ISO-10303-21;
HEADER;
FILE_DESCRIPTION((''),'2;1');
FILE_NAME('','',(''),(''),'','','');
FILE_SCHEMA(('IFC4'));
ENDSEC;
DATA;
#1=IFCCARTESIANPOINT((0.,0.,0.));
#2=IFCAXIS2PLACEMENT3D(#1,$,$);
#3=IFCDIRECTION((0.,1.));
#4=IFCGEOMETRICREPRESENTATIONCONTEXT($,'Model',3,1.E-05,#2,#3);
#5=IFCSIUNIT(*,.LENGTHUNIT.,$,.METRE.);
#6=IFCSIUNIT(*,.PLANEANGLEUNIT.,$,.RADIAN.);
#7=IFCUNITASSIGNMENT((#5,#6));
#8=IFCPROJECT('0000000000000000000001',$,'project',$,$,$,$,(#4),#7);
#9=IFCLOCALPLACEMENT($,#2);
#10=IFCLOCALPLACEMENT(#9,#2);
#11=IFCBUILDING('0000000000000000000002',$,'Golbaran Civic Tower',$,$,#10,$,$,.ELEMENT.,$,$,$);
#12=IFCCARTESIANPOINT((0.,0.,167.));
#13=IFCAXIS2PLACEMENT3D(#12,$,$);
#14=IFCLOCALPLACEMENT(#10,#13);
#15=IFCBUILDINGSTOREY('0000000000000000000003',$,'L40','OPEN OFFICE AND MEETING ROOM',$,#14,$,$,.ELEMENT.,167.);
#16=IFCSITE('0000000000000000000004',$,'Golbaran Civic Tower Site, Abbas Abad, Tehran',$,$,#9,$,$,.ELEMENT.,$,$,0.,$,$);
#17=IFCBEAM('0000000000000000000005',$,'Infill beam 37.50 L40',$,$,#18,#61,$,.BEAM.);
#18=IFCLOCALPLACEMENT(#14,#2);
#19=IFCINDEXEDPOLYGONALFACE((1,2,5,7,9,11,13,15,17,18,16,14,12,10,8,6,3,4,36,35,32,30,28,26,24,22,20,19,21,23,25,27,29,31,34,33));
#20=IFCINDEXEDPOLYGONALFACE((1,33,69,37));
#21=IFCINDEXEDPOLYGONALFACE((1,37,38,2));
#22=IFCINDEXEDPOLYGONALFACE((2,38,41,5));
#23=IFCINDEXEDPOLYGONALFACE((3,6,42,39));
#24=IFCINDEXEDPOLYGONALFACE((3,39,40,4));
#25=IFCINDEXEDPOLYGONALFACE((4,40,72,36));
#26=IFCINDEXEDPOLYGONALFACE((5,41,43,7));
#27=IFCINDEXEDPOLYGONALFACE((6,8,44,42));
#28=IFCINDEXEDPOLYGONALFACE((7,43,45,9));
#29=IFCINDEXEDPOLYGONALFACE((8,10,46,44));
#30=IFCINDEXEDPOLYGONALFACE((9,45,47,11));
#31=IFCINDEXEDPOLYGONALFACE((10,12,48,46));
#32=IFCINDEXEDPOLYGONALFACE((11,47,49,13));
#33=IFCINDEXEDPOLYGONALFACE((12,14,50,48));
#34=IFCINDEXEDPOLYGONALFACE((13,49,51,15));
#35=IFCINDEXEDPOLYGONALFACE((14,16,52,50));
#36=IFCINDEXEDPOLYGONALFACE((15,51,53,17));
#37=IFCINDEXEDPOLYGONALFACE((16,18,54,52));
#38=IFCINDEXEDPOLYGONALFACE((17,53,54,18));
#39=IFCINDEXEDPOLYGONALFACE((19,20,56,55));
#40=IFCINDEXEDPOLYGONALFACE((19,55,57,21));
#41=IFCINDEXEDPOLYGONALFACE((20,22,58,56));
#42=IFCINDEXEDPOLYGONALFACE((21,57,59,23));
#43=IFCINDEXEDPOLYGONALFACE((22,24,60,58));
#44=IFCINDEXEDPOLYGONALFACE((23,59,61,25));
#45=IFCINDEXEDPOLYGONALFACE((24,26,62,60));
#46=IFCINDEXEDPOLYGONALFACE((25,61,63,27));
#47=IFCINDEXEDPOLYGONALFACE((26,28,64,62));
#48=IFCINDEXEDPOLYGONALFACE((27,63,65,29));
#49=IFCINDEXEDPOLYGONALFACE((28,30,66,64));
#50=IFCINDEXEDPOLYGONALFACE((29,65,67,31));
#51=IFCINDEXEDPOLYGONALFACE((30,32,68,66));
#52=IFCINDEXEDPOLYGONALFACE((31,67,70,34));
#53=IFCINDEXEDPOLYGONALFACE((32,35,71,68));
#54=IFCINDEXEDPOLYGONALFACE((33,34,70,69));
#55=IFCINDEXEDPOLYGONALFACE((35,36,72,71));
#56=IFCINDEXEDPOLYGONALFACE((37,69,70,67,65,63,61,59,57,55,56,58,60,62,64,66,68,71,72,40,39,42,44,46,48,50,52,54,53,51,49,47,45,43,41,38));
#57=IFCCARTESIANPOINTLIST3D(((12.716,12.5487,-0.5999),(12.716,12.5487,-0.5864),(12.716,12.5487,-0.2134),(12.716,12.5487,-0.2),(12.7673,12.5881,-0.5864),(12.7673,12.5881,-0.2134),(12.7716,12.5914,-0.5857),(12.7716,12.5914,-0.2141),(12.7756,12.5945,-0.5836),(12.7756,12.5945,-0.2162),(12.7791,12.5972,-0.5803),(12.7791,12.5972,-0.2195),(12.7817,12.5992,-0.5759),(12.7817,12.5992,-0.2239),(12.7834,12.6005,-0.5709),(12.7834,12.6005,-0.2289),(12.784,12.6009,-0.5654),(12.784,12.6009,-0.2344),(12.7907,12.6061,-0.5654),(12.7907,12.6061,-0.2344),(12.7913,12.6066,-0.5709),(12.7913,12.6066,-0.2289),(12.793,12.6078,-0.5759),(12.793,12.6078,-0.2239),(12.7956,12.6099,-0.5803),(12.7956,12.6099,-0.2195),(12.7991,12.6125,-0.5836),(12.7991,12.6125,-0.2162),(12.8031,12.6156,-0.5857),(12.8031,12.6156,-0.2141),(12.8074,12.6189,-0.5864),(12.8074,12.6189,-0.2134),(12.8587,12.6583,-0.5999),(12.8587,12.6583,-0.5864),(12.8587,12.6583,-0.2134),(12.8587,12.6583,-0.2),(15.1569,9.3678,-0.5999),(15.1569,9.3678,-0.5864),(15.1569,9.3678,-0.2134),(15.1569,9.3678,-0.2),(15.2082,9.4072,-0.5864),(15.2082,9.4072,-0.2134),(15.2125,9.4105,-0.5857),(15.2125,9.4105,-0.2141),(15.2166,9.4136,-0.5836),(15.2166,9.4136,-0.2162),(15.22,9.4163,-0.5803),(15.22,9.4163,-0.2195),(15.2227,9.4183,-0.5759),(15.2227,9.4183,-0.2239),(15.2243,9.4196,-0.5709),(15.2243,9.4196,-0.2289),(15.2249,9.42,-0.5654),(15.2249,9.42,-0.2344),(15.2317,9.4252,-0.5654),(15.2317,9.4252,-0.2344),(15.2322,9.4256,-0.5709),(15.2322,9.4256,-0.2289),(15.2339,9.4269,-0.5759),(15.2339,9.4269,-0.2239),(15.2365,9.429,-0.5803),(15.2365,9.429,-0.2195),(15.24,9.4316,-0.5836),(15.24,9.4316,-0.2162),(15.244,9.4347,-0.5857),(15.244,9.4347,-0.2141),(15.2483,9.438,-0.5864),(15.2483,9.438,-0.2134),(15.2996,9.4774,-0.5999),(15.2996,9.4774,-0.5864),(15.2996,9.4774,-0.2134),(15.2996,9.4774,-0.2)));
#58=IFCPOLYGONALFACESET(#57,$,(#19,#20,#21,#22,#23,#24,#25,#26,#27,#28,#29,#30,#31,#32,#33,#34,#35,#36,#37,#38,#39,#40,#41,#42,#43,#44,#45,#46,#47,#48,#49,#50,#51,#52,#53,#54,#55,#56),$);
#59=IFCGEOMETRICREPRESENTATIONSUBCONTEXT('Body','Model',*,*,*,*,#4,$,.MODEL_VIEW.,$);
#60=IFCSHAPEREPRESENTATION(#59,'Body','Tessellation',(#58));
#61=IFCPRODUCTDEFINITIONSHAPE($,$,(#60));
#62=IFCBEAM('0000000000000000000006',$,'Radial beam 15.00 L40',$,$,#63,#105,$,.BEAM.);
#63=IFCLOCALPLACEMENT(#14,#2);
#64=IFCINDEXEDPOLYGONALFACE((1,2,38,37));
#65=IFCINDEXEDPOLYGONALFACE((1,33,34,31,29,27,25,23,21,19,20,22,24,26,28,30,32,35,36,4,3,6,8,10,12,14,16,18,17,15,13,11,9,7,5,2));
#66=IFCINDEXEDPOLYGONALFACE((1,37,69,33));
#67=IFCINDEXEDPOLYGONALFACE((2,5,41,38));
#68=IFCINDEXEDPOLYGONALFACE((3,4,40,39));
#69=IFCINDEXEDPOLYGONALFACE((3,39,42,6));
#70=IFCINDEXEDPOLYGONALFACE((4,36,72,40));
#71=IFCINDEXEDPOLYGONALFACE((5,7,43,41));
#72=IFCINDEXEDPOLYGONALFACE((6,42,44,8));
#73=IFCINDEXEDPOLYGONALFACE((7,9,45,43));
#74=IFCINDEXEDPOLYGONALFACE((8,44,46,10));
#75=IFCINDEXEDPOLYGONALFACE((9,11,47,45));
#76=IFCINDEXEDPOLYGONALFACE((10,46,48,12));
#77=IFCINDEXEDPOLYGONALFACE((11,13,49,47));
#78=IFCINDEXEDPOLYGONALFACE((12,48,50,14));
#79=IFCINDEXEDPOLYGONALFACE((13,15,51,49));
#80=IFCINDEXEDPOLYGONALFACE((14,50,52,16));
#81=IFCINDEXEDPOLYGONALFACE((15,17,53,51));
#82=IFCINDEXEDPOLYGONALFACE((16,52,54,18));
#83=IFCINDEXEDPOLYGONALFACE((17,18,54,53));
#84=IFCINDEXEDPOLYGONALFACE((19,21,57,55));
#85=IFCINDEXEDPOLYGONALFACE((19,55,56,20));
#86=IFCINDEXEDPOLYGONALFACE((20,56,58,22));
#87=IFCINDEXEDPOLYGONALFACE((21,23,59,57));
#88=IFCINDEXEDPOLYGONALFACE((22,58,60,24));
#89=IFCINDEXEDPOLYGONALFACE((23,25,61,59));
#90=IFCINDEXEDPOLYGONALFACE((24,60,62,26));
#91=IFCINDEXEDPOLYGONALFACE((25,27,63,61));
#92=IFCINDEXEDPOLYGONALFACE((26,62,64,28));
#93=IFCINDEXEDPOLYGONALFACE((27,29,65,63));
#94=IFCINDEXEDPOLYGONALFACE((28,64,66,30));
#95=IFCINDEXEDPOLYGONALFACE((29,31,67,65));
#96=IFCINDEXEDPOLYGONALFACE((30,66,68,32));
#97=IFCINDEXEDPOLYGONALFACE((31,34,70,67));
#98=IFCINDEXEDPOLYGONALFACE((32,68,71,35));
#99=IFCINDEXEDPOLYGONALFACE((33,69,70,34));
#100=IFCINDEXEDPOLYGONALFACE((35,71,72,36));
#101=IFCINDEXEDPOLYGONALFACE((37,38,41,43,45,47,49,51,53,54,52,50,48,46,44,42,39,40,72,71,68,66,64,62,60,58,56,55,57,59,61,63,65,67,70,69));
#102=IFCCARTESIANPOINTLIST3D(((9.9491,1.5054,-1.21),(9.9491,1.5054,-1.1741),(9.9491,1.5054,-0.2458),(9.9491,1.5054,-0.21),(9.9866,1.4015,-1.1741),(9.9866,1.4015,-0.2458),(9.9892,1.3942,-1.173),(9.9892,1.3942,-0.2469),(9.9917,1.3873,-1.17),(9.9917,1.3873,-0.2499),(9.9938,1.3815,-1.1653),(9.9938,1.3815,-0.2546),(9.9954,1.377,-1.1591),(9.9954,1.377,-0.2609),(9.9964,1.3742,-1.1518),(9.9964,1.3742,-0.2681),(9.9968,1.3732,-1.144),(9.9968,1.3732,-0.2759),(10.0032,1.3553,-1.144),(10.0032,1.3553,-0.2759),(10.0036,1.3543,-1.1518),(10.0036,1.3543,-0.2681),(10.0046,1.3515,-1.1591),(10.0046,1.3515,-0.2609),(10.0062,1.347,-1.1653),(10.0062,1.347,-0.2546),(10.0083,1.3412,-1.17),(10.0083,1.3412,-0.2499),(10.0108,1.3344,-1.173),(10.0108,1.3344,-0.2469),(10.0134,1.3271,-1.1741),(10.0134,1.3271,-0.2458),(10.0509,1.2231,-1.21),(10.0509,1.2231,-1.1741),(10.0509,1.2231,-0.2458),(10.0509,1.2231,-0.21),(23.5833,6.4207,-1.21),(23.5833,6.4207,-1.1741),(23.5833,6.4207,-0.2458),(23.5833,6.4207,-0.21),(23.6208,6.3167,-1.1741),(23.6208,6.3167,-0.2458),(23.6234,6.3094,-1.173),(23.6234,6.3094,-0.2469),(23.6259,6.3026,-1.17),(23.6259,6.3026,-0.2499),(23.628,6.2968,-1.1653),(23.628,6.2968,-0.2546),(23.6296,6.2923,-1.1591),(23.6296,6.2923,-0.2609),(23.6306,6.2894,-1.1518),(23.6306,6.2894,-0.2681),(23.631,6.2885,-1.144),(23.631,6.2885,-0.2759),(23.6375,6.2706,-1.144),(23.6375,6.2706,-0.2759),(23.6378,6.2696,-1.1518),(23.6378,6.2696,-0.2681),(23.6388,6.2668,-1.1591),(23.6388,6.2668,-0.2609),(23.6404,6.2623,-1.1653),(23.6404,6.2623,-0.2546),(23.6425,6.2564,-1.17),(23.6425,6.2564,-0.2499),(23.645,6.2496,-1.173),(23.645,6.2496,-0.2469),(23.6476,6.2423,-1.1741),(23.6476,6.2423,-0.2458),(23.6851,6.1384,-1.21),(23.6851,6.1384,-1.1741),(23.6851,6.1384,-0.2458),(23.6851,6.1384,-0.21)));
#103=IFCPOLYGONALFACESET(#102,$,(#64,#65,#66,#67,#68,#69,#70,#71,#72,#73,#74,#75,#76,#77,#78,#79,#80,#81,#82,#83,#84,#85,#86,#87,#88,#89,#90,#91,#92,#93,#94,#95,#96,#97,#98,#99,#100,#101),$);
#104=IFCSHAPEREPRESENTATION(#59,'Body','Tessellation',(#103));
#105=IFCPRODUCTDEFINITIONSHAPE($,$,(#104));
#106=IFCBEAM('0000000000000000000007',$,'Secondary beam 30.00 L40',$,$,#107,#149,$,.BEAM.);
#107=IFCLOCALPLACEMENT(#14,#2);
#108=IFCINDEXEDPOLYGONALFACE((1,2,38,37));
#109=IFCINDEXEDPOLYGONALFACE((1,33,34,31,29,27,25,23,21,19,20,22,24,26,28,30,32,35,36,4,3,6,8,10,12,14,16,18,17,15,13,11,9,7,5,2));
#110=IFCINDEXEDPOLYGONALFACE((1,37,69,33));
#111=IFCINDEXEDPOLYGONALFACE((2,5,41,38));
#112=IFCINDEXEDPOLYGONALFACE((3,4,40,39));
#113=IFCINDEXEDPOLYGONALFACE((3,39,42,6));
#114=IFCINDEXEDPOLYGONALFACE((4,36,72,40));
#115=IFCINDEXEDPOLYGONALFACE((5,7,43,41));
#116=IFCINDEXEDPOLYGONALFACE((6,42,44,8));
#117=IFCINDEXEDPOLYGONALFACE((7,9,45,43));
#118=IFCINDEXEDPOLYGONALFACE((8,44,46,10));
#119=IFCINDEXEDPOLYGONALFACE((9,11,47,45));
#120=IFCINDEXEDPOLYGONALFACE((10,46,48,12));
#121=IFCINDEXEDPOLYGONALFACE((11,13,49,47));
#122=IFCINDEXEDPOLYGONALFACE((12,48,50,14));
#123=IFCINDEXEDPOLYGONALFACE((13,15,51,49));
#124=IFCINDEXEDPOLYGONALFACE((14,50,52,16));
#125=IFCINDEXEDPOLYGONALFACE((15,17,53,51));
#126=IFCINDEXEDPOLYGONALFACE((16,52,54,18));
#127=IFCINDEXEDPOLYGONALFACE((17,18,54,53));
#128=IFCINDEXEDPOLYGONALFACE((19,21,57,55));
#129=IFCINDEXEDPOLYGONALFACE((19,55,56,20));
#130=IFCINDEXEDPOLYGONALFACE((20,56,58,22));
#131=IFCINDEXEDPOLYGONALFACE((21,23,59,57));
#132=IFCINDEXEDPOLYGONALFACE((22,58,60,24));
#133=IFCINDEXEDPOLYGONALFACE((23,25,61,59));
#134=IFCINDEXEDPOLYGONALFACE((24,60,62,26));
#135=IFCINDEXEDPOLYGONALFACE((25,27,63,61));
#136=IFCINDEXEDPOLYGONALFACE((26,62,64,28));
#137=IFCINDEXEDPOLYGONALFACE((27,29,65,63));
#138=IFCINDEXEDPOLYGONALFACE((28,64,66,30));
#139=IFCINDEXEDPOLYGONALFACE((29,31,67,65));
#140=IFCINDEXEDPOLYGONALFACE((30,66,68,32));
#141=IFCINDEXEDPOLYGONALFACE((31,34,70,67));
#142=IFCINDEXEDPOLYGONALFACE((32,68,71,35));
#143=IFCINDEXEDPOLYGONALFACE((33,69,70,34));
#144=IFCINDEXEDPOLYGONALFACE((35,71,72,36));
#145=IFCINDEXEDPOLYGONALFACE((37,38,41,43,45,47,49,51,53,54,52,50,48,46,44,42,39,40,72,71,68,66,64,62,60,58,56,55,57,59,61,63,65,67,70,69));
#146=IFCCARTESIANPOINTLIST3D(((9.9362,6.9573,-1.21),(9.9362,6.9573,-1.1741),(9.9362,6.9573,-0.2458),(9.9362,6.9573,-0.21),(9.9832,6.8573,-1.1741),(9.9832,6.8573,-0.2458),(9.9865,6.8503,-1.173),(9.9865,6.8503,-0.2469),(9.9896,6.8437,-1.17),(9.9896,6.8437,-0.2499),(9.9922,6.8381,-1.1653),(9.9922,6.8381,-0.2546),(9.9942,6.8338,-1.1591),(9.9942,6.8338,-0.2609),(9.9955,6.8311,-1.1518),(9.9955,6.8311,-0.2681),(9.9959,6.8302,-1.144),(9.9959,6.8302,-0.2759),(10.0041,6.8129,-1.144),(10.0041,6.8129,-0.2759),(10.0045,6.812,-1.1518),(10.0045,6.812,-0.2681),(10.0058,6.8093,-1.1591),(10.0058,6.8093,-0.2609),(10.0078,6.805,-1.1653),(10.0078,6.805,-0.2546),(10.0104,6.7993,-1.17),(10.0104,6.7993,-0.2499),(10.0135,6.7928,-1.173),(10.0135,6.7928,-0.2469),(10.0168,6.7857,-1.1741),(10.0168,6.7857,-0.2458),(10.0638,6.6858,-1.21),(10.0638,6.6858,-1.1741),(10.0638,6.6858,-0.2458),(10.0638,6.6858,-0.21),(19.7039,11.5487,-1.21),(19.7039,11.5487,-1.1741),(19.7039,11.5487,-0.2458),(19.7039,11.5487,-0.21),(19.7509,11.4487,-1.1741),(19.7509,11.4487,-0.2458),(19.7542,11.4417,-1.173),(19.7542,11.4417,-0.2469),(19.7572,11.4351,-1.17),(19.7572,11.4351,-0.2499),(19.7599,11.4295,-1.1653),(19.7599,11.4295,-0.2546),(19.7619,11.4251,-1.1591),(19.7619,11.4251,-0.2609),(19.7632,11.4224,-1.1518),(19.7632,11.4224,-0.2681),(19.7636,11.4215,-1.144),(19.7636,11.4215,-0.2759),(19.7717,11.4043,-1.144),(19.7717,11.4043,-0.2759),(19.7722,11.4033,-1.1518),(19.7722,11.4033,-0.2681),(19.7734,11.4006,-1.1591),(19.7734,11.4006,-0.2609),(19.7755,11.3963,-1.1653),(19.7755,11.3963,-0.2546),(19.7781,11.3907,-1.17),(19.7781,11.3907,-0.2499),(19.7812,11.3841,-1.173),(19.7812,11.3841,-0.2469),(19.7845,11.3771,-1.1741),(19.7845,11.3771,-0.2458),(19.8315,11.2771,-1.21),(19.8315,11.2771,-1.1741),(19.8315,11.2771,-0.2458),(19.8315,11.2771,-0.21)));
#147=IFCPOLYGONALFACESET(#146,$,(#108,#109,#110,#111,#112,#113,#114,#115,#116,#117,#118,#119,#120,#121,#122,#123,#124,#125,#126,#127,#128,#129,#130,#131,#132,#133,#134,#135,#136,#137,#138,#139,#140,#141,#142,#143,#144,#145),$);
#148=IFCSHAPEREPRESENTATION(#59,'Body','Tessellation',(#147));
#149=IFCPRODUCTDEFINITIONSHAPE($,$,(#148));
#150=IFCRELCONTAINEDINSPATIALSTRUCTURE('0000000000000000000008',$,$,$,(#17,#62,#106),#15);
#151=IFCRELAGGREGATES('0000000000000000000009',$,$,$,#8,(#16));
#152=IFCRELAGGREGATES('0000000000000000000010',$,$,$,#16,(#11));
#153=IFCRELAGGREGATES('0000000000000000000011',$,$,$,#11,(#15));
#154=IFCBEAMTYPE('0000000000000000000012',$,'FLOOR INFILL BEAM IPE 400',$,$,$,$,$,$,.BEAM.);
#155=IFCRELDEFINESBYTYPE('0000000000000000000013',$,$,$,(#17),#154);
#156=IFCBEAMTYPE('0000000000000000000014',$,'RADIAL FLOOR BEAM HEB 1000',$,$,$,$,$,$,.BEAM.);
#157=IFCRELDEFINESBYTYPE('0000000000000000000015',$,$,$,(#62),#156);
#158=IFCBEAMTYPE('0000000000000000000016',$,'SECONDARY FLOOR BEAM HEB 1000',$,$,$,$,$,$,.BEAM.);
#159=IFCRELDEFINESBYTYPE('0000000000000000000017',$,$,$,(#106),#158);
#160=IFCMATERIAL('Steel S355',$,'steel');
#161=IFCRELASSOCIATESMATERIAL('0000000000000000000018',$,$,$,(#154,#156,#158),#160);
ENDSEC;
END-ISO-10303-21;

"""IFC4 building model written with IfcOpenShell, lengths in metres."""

from ifc_helpers import new_model, si_unit, direction, frame, origin, origin_2d, place, context, subcontext, project, spatial, i_section, extrude, material, material_profile, profile_set, type_object, element, save


model = new_model("IFC4")

# Units and contexts
model_context = context("Model", 3, precision=1e-05, world=origin(), true_north=direction((0.0, 1.0)))
body_context = subcontext(model_context, "Body", "Model", "MODEL_VIEW")
ifc_project = project(units=[si_unit("LENGTHUNIT", "METRE"), si_unit("PLANEANGLEUNIT", "RADIAN")], contexts=[model_context])

# Site, building, storey
site_placement = place(None, origin())
site = spatial("IfcSite", under=ifc_project, at=site_placement, Name="Golbaran Civic Tower Site, Abbas Abad, Tehran", CompositionType="ELEMENT", RefElevation=0.0)
building_placement = place(site_placement, origin())
building = spatial("IfcBuilding", under=site, at=building_placement, Name="Golbaran Civic Tower", CompositionType="ELEMENT")
storey_placement = place(building_placement, frame((0.0, 0.0, 167.0)))
storey = spatial("IfcBuildingStorey", under=building, at=storey_placement, Name="L40", Description="OPEN OFFICE AND MEETING ROOM", CompositionType="ELEMENT", Elevation=167.0)

# Beams
ifc_material_1 = material(Name="Steel S355", Category="steel")
ifc_material_profile_1 = material_profile(ifc_material_1, i_section(OverallWidth=0.1799, OverallDepth=0.3999, WebThickness=0.0085, FlangeThickness=0.0134, FilletRadius=0.021, at=origin_2d()), Name="IPE 400")
ifc_profile_set_1 = profile_set([ifc_material_profile_1], Name="Steel S355")
beam_type_1 = type_object("IfcBeamType", Name="FLOOR INFILL BEAM IPE 400", PredefinedType="BEAM", material=ifc_profile_set_1)
beam_1_placement = place(storey_placement, frame((15.2283, 9.4226, -0.3999), z_axis=(-0.60878, 0.793339, 0.0), x_axis=(-0.793339, -0.60878, 0.0)))
element("IfcBeam", 1, at=beam_1_placement, inside=storey, type_object=beam_type_1, Name="Infill beam 37.50 L40", PredefinedType="BEAM", context=body_context, shape_type="SweptSolid", body=[
    extrude(i_section(OverallWidth=0.1799, OverallDepth=0.3999, WebThickness=0.0085, FlangeThickness=0.0134, FilletRadius=0.021, at=origin_2d()), origin(), (0.0, 0.0, 1.0), 4.0095),
])
ifc_material_profile_2 = material_profile(ifc_material_1, i_section(OverallWidth=0.3, OverallDepth=1.0, WebThickness=0.019, FlangeThickness=0.0359, FilletRadius=0.03, at=origin_2d()), Name="HEB 1000")
ifc_profile_set_2 = profile_set([ifc_material_profile_2], Name="Steel S355")
beam_type_2 = type_object("IfcBeamType", Name="RADIAL FLOOR BEAM HEB 1000", PredefinedType="BEAM", material=ifc_profile_set_2)
beam_2_placement = place(storey_placement, frame((10.0, 1.3643, -0.71), z_axis=(0.940735, 0.339144, 0.0), x_axis=(-0.339144, 0.940735, 0.0)))
element("IfcBeam", 2, at=beam_2_placement, inside=storey, type_object=beam_type_2, Name="Radial beam 15.00 L40", PredefinedType="BEAM", context=body_context, shape_type="SweptSolid", body=[
    extrude(i_section(OverallWidth=0.3, OverallDepth=1.0, WebThickness=0.019, FlangeThickness=0.0359, FilletRadius=0.03, at=origin_2d()), origin(), (0.0, 0.0, 1.0), 14.4932),
])
ifc_material_profile_3 = material_profile(ifc_material_1, i_section(OverallWidth=0.3, OverallDepth=1.0, WebThickness=0.019, FlangeThickness=0.0359, FilletRadius=0.03, at=origin_2d()), Name="HEB 1000")
ifc_profile_set_3 = profile_set([ifc_material_profile_3], Name="Steel S355")
beam_type_3 = type_object("IfcBeamType", Name="SECONDARY FLOOR BEAM HEB 1000", PredefinedType="BEAM", material=ifc_profile_set_3)
beam_3_placement = place(storey_placement, frame((10.0, 6.8215, -0.71), z_axis=(0.905004, 0.425403, 0.0), x_axis=(-0.425403, 0.905004, 0.0)))
element("IfcBeam", 3, at=beam_3_placement, inside=storey, type_object=beam_type_3, Name="Secondary beam 30.00 L40", PredefinedType="BEAM", context=body_context, shape_type="SweptSolid", body=[
    extrude(i_section(OverallWidth=0.3, OverallDepth=1.0, WebThickness=0.019, FlangeThickness=0.0359, FilletRadius=0.03, at=origin_2d()), origin(), (0.0, 0.0, 1.0), 10.793),
])

save(model, "model.ifc")
